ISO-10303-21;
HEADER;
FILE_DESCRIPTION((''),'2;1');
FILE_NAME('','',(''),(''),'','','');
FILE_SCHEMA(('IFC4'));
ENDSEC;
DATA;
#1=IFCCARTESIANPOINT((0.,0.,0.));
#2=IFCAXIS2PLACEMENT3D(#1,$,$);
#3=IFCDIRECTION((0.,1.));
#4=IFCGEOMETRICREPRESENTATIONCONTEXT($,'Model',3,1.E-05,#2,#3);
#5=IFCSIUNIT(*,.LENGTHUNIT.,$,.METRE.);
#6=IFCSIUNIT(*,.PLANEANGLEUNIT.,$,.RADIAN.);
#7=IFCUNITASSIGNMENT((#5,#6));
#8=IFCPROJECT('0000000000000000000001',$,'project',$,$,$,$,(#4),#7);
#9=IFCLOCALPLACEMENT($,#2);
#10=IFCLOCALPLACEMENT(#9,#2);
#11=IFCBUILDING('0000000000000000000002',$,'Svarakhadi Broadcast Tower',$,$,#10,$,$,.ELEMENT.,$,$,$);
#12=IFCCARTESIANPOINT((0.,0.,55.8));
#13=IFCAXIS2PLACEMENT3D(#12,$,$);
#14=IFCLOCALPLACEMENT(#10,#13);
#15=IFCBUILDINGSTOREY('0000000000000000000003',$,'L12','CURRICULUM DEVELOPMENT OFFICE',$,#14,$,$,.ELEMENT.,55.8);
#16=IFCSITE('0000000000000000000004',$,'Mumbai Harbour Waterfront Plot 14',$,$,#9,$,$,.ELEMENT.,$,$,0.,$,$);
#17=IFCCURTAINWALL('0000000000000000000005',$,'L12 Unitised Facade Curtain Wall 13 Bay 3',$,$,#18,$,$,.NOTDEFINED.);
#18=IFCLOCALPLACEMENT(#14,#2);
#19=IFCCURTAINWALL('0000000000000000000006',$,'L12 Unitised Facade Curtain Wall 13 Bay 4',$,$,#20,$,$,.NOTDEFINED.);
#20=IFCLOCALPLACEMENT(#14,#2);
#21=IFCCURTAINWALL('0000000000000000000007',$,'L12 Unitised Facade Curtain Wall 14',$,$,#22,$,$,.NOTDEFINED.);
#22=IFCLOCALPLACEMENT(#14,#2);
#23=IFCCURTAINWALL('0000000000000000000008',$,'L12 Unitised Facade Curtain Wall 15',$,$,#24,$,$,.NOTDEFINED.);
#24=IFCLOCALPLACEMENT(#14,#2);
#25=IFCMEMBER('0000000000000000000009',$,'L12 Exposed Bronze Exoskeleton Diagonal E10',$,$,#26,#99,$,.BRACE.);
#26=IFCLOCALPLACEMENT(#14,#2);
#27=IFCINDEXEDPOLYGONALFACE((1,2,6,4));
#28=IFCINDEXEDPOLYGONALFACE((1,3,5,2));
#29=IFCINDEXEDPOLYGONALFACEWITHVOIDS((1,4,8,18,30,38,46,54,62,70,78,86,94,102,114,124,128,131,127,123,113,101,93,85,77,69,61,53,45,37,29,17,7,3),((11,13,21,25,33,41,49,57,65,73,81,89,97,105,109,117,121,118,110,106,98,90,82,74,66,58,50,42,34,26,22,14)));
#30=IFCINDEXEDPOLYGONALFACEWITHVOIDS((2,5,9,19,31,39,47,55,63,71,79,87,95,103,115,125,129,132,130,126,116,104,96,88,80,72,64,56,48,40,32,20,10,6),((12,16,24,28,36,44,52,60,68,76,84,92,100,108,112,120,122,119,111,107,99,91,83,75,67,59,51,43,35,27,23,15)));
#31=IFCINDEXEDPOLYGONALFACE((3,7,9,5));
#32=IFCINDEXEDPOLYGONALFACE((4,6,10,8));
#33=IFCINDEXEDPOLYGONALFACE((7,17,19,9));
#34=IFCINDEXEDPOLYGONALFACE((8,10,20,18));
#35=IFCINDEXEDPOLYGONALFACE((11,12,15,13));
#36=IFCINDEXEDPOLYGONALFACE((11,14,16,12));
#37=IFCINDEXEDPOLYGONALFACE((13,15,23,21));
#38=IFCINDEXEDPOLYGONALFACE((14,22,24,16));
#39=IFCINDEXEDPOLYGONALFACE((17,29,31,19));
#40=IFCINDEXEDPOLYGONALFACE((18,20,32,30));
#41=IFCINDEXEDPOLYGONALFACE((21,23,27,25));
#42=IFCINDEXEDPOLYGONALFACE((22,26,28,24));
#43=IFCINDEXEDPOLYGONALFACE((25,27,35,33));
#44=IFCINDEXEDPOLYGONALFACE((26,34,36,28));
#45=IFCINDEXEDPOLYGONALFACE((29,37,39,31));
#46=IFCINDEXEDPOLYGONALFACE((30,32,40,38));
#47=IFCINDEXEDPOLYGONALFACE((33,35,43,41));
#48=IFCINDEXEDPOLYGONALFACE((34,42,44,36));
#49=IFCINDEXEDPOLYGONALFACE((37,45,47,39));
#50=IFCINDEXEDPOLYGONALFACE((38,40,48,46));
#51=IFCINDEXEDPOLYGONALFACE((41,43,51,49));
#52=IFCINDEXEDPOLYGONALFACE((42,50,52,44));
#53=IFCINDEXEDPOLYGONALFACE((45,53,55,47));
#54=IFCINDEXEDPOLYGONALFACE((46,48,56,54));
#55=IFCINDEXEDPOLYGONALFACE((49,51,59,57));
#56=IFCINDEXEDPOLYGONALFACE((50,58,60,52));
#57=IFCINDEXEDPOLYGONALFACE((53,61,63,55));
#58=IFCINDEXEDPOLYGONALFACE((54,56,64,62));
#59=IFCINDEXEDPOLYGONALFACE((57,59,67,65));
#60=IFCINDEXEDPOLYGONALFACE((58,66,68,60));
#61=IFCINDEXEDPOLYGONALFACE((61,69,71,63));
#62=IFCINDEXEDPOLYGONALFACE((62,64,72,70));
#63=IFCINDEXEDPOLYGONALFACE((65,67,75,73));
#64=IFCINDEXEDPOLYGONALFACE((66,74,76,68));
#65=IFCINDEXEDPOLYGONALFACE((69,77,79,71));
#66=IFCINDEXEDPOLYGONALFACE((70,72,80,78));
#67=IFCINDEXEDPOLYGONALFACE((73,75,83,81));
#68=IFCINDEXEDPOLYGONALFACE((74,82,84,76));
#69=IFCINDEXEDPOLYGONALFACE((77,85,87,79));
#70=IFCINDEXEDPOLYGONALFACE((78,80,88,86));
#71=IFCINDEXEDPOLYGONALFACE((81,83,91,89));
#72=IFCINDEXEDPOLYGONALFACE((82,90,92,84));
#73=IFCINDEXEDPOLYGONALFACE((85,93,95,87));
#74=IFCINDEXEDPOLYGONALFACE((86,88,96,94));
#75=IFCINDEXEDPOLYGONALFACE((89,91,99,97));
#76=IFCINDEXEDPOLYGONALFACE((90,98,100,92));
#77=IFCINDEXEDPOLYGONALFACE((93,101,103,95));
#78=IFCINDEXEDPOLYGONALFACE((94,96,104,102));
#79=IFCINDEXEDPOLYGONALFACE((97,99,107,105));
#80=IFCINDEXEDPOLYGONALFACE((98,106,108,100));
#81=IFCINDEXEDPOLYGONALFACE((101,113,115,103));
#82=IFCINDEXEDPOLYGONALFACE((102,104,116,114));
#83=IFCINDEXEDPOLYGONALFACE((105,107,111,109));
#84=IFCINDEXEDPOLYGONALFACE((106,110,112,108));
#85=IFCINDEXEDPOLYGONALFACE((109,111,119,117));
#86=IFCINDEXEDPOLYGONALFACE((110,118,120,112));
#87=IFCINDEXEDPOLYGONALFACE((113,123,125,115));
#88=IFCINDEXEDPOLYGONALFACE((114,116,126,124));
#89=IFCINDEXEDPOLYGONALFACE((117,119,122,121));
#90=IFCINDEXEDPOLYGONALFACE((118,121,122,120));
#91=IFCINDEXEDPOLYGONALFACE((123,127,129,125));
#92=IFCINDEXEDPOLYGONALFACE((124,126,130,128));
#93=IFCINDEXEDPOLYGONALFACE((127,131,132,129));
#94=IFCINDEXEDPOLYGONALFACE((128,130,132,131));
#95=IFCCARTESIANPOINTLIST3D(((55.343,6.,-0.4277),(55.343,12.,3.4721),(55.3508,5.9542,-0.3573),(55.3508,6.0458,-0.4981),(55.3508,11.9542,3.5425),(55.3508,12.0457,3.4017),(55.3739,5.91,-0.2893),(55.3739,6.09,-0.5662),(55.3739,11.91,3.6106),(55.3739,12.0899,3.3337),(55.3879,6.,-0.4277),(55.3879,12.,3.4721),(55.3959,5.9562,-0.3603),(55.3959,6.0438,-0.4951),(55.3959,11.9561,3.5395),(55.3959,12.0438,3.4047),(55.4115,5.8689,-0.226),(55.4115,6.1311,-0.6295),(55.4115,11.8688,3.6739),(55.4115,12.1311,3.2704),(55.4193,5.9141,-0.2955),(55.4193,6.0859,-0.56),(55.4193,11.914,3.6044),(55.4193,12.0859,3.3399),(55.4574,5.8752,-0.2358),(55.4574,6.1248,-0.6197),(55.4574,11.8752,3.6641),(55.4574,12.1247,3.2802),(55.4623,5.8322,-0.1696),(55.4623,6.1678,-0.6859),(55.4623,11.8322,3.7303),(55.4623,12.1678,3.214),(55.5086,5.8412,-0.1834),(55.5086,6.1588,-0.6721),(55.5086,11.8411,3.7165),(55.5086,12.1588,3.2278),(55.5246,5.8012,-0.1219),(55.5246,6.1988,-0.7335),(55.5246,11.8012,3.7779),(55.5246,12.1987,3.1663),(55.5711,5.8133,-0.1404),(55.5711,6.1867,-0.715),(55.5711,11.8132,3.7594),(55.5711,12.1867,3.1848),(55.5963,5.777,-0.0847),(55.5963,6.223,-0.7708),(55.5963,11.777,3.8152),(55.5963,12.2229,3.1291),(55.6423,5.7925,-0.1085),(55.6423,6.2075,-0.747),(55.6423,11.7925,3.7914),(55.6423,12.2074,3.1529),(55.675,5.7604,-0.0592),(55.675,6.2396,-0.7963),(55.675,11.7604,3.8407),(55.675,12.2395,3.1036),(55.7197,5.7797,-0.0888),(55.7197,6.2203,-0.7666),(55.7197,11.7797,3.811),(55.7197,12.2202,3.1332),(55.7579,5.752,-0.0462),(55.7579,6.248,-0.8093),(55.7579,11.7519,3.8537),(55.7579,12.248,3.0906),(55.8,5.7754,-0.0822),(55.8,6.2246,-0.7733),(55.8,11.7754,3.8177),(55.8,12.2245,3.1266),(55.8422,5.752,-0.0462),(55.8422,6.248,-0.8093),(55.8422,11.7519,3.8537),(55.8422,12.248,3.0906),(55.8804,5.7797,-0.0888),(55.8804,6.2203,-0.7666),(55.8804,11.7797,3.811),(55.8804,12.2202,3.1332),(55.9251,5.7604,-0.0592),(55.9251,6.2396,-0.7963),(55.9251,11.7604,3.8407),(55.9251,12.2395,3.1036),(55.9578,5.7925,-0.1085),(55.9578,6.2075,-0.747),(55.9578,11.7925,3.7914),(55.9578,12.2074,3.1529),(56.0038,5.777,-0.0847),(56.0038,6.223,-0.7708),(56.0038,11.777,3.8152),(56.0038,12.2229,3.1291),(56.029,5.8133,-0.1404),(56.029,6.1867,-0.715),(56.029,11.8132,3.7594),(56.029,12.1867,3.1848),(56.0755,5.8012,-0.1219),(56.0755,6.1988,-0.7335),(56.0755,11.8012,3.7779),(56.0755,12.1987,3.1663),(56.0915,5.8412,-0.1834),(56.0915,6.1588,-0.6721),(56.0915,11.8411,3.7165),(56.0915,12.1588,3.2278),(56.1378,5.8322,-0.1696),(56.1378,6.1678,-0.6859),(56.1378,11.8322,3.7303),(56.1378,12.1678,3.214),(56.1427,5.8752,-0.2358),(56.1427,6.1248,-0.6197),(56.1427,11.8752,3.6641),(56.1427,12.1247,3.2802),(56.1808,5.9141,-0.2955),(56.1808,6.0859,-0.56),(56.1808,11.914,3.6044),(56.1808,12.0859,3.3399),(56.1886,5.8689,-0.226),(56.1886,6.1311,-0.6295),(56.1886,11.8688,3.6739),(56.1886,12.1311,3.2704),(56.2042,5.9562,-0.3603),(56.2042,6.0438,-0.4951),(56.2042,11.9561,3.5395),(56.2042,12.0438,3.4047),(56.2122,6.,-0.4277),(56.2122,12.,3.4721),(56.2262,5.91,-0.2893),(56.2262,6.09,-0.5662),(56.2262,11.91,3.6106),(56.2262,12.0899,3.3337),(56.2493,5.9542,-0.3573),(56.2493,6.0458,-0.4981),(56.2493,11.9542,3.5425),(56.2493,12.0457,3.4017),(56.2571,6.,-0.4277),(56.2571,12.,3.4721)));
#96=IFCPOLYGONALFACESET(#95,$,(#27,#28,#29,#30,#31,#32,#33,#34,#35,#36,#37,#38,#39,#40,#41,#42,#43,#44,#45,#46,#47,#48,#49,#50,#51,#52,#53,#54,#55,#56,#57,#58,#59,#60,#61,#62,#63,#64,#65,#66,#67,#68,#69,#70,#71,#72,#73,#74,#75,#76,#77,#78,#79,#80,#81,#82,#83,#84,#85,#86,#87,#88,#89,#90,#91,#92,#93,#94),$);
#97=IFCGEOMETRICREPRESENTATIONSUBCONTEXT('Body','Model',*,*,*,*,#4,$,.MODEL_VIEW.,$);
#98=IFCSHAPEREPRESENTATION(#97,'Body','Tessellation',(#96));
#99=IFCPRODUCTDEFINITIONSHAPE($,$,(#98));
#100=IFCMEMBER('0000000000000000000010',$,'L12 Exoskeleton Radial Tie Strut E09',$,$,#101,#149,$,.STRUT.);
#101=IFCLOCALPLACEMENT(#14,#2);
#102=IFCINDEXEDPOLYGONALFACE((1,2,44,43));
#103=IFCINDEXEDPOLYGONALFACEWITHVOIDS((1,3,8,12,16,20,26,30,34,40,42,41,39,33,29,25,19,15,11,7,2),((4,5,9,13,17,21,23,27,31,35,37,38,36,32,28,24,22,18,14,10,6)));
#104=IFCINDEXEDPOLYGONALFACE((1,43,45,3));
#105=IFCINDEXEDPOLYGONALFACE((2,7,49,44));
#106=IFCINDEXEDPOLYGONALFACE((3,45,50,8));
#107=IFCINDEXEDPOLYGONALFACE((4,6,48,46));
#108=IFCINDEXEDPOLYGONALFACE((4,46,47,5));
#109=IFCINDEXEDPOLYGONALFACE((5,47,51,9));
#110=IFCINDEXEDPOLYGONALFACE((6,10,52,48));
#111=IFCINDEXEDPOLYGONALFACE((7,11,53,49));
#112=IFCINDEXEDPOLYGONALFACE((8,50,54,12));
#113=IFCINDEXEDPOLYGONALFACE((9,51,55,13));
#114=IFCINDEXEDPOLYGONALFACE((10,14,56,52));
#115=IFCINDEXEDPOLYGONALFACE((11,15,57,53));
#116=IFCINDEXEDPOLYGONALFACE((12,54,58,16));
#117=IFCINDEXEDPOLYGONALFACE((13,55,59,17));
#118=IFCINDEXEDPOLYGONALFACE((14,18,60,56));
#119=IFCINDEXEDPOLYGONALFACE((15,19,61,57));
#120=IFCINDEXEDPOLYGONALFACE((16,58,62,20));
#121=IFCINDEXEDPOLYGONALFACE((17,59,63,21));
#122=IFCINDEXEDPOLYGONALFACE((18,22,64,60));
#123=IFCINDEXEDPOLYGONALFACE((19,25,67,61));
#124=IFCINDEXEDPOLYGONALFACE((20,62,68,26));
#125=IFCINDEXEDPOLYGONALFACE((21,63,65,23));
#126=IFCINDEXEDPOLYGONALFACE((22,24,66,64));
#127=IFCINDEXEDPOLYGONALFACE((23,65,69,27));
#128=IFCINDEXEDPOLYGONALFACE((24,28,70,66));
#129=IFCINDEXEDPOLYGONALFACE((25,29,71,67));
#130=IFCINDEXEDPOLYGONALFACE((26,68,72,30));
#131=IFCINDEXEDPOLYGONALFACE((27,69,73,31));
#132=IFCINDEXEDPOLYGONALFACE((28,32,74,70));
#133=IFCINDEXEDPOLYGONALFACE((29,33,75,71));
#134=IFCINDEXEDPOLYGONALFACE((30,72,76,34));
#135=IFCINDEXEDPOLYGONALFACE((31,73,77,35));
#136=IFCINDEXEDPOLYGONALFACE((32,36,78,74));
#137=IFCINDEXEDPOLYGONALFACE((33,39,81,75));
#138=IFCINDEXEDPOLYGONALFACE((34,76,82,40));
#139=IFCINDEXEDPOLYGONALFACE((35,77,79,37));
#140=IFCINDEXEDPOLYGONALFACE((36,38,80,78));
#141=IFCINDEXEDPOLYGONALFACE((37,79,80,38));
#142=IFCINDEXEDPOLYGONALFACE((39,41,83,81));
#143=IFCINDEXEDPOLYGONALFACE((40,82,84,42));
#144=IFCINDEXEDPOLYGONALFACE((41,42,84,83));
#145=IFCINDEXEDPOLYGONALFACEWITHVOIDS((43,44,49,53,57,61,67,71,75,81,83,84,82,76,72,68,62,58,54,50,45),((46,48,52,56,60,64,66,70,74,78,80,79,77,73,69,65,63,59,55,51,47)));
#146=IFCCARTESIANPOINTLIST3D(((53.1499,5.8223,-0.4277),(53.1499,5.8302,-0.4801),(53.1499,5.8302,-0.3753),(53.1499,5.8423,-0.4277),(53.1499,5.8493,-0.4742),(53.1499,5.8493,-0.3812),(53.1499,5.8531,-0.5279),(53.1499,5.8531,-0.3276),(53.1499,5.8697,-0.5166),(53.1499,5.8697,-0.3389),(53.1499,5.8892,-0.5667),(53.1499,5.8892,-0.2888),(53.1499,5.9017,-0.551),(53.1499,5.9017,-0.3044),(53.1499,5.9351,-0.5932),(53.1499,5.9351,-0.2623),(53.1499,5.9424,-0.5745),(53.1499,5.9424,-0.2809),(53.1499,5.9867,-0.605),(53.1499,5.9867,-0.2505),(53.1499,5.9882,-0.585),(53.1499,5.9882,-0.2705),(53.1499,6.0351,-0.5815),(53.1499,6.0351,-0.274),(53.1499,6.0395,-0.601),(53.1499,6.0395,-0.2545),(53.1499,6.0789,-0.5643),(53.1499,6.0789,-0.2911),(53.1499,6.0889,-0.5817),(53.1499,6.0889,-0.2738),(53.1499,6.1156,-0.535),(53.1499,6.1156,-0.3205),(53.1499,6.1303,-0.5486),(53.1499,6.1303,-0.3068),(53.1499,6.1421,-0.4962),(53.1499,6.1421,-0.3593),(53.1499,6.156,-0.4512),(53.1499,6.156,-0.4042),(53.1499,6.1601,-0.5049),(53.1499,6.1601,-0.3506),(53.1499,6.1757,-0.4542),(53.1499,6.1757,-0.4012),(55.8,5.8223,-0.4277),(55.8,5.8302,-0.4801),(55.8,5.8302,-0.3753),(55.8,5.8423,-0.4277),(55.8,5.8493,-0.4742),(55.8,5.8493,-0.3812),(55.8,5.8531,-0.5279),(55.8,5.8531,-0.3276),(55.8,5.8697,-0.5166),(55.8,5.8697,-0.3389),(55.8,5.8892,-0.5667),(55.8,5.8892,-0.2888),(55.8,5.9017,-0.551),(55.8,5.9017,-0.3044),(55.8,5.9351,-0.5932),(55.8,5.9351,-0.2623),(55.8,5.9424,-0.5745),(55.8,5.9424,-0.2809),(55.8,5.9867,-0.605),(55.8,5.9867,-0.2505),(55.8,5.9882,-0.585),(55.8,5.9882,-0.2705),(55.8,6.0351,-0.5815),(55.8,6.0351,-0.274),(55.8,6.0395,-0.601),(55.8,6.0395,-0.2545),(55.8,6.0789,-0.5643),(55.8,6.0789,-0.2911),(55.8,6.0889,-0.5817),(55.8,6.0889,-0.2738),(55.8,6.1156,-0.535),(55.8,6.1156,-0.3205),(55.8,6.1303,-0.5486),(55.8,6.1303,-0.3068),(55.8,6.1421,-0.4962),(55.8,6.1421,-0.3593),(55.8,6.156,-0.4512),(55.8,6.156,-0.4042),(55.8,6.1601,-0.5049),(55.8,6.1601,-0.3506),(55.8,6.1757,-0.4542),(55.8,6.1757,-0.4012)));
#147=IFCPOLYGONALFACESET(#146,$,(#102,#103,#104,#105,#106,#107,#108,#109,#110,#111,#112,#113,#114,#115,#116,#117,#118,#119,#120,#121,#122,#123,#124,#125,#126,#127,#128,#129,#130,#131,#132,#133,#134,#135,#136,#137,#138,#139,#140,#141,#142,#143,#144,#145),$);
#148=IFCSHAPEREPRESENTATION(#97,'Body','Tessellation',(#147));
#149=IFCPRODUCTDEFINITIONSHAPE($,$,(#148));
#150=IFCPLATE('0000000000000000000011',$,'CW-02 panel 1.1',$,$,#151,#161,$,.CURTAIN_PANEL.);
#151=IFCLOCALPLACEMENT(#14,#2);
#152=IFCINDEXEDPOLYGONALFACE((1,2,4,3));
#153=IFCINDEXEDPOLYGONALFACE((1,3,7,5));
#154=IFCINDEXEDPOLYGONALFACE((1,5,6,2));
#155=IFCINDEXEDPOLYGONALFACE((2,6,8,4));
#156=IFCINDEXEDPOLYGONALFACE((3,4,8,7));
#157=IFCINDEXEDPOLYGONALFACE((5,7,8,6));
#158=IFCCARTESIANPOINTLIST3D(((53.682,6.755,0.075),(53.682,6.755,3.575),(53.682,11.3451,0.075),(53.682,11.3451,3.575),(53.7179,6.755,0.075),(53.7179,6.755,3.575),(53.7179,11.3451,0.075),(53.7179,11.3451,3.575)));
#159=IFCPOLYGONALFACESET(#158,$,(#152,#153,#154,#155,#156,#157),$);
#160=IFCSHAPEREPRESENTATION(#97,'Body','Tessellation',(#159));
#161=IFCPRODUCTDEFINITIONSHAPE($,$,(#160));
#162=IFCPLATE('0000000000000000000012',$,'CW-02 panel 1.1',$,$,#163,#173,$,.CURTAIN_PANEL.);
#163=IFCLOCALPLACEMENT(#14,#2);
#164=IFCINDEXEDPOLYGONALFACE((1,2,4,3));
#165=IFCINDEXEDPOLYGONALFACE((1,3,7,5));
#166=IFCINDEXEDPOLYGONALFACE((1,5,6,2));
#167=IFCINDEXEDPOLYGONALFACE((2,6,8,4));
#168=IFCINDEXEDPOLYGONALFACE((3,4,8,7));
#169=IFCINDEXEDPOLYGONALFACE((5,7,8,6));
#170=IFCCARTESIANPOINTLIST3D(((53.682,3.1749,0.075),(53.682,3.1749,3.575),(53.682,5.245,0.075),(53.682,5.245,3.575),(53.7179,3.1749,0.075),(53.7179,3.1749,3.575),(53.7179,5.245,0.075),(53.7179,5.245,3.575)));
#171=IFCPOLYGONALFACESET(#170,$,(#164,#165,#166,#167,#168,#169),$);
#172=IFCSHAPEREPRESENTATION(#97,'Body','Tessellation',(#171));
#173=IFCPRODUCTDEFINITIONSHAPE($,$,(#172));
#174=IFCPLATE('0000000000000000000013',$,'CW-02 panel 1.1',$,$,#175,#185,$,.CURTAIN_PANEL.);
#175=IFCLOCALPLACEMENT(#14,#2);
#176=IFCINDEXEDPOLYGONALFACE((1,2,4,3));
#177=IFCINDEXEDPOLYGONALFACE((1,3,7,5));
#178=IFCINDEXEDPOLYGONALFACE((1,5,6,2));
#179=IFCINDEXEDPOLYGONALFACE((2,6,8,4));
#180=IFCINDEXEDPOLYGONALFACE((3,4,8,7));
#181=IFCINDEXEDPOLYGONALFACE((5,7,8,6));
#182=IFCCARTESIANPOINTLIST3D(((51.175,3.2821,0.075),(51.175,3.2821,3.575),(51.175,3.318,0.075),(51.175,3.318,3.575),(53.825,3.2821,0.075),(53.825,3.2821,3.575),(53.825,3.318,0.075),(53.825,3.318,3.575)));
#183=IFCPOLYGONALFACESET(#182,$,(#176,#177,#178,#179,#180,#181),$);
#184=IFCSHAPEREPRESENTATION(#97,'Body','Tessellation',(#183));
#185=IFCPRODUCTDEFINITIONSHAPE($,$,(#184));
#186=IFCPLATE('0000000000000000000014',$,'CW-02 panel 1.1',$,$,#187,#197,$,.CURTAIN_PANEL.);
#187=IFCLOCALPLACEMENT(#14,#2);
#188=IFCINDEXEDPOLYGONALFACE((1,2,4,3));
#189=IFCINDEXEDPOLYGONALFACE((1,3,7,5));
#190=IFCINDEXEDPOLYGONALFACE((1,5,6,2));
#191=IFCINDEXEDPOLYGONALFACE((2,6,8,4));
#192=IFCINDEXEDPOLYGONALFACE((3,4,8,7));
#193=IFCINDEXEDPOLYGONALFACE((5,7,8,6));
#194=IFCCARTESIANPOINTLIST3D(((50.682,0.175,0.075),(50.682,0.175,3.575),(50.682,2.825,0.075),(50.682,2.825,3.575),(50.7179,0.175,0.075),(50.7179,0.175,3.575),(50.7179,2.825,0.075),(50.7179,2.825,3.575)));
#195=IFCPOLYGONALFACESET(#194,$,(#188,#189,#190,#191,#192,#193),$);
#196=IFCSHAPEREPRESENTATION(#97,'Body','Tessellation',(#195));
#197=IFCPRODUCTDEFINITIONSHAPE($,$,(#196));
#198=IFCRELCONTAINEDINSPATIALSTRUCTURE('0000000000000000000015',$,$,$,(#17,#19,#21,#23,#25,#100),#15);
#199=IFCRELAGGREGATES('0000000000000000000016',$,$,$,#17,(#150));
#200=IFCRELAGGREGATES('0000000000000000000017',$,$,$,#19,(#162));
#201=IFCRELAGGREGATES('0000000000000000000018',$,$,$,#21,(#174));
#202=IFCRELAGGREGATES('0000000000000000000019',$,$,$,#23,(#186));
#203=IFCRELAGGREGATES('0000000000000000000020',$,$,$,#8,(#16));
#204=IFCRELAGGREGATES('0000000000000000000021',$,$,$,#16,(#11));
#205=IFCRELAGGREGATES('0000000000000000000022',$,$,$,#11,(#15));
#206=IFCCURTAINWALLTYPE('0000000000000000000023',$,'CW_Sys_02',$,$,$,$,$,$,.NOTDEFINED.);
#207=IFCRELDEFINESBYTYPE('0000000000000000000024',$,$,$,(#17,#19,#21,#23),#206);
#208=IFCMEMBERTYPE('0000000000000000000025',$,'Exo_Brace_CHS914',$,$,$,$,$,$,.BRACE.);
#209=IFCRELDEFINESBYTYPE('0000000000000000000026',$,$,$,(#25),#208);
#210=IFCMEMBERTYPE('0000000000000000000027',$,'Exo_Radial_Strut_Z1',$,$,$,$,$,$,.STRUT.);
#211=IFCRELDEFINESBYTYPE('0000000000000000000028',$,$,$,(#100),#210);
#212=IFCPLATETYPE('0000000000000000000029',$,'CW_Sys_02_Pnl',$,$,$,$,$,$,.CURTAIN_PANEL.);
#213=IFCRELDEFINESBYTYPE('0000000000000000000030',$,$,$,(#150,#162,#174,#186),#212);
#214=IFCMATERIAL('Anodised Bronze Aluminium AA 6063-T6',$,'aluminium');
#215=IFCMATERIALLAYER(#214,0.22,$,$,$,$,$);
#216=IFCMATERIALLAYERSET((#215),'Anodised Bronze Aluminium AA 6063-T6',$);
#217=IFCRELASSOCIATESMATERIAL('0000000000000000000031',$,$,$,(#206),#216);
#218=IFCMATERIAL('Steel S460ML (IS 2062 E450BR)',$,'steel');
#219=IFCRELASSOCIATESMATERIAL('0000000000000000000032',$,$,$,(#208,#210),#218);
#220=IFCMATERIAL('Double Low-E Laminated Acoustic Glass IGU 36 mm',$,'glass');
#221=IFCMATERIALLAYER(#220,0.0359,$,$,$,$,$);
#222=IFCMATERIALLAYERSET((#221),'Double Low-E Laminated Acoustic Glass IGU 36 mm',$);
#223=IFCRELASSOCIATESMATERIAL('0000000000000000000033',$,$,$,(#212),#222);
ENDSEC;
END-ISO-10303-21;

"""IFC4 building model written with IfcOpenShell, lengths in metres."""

from ifc_helpers import new_model, si_unit, direction, frame, origin, origin_2d, place, context, subcontext, project, spatial, rectangle, hollow_circle, extrude, material, layer, layer_set, material_profile, profile_set, type_object, element, aggregate, save


model = new_model("IFC4")

# Units and contexts
model_context = context("Model", 3, precision=1e-05, world=origin(), true_north=direction((0.0, 1.0)))
body_context = subcontext(model_context, "Body", "Model", "MODEL_VIEW")
ifc_project = project(units=[si_unit("LENGTHUNIT", "METRE"), si_unit("PLANEANGLEUNIT", "RADIAN")], contexts=[model_context])

# Site, building, storey
site_placement = place(None, origin())
site = spatial("IfcSite", under=ifc_project, at=site_placement, Name="Mumbai Harbour Waterfront Plot 14", CompositionType="ELEMENT", RefElevation=0.0)
building_placement = place(site_placement, origin())
building = spatial("IfcBuilding", under=site, at=building_placement, Name="Svarakhadi Broadcast Tower", CompositionType="ELEMENT")
storey_placement = place(building_placement, frame((0.0, 0.0, 55.8)))
storey = spatial("IfcBuildingStorey", under=building, at=storey_placement, Name="L12", Description="CURRICULUM DEVELOPMENT OFFICE", CompositionType="ELEMENT", Elevation=55.8)

# Curtain walls
ifc_material_1 = material(Name="Anodised Bronze Aluminium AA 6063-T6", Category="aluminium")
ifc_layer_1 = layer(ifc_material_1, 0.22)
ifc_layer_set_1 = layer_set([ifc_layer_1], Name="Anodised Bronze Aluminium AA 6063-T6")
curtain_wall_type = type_object("IfcCurtainWallType", Name="CW_Sys_02", PredefinedType="NOTDEFINED", material=ifc_layer_set_1)
curtain_wall_1_placement = place(storey_placement, origin())
curtain_wall_1 = element("IfcCurtainWall", 1, at=curtain_wall_1_placement, inside=storey, type_object=curtain_wall_type, Name="L12 Unitised Facade Curtain Wall 13 Bay 3", PredefinedType="NOTDEFINED")
curtain_wall_2_placement = place(storey_placement, origin())
curtain_wall_2 = element("IfcCurtainWall", 2, at=curtain_wall_2_placement, inside=storey, type_object=curtain_wall_type, Name="L12 Unitised Facade Curtain Wall 13 Bay 4", PredefinedType="NOTDEFINED")
curtain_wall_3_placement = place(storey_placement, origin())
curtain_wall_3 = element("IfcCurtainWall", 3, at=curtain_wall_3_placement, inside=storey, type_object=curtain_wall_type, Name="L12 Unitised Facade Curtain Wall 14", PredefinedType="NOTDEFINED")
curtain_wall_4_placement = place(storey_placement, origin())
curtain_wall_4 = element("IfcCurtainWall", 4, at=curtain_wall_4_placement, inside=storey, type_object=curtain_wall_type, Name="L12 Unitised Facade Curtain Wall 15", PredefinedType="NOTDEFINED")

# Members
ifc_material_2 = material(Name="Steel S460ML (IS 2062 E450BR)", Category="steel")
ifc_material_profile_1 = material_profile(ifc_material_2, hollow_circle(Radius=0.457, WallThickness=0.0449, at=origin_2d()), Name="CHS 914x45")
ifc_profile_set_1 = profile_set([ifc_material_profile_1], Name="Steel S460ML (IS 2062 E450BR)")
member_type_1 = type_object("IfcMemberType", Name="Exo_Brace_CHS914", PredefinedType="BRACE", material=ifc_profile_set_1)
member_1_placement = place(storey_placement, frame((55.8, 6.0, -0.4277), z_axis=(0.0, 0.83845, 0.544979), x_axis=(-1.0, 0.0, 0.0)))
element("IfcMember", 5, at=member_1_placement, inside=storey, type_object=member_type_1, Name="L12 Exposed Bronze Exoskeleton Diagonal E10", PredefinedType="BRACE", context=body_context, shape_type="SweptSolid", body=[
    extrude(hollow_circle(Radius=0.457, WallThickness=0.0449, at=origin_2d()), origin(), (0.0, 0.0, 1.0), 7.156),
])
ifc_material_profile_2 = material_profile(ifc_material_2, hollow_circle(Radius=0.1777, WallThickness=0.02, at=origin_2d()), Name="CHS 355.6x20")
ifc_profile_set_2 = profile_set([ifc_material_profile_2], Name="Steel S460ML (IS 2062 E450BR)")
member_type_2 = type_object("IfcMemberType", Name="Exo_Radial_Strut_Z1", PredefinedType="STRUT", material=ifc_profile_set_2)
member_2_placement = place(storey_placement, frame((55.8, 6.0, -0.4277), z_axis=(-1.0, 0.0, 0.0), x_axis=(0.0, -1.0, 0.0)))
element("IfcMember", 6, at=member_2_placement, inside=storey, type_object=member_type_2, Name="L12 Exoskeleton Radial Tie Strut E09", PredefinedType="STRUT", context=body_context, shape_type="SweptSolid", body=[
    extrude(hollow_circle(Radius=0.1777, WallThickness=0.02, at=origin_2d()), origin(), (0.0, 0.0, 1.0), 2.6501),
])

# Plates
ifc_material_3 = material(Name="Double Low-E Laminated Acoustic Glass IGU 36 mm", Category="glass")
ifc_layer_2 = layer(ifc_material_3, 0.0359)
ifc_layer_set_2 = layer_set([ifc_layer_2], Name="Double Low-E Laminated Acoustic Glass IGU 36 mm")
plate_type_1 = type_object("IfcPlateType", Name="CW_Sys_02_Pnl", PredefinedType="CURTAIN_PANEL", material=ifc_layer_set_2)
plate_1_placement = place(storey_placement, frame((53.7, 9.05, 0.075), z_axis=(0.0, 0.0, 1.0), x_axis=(0.0, -1.0, 0.0)))
plate_1 = element("IfcPlate", 7, at=plate_1_placement, type_object=plate_type_1, Name="CW-02 panel 1.1", PredefinedType="CURTAIN_PANEL", context=body_context, shape_type="SweptSolid", body=[
    extrude(rectangle(XDim=4.5901, YDim=0.0359, at=origin_2d()), origin(), (0.0, 0.0, 1.0), 3.5),
])
aggregate(curtain_wall_1, [plate_1])
plate_2_placement = place(storey_placement, frame((53.7, 4.21, 0.075), z_axis=(0.0, 0.0, 1.0), x_axis=(0.0, -1.0, 0.0)))
plate_2 = element("IfcPlate", 8, at=plate_2_placement, type_object=plate_type_1, Name="CW-02 panel 1.1", PredefinedType="CURTAIN_PANEL", context=body_context, shape_type="SweptSolid", body=[
    extrude(rectangle(XDim=2.0701, YDim=0.0359, at=origin_2d()), origin(), (0.0, 0.0, 1.0), 3.5),
])
aggregate(curtain_wall_2, [plate_2])
plate_3_placement = place(storey_placement, frame((52.5, 3.3, 0.075), z_axis=(0.0, 0.0, 1.0), x_axis=(-1.0, 0.0, 0.0)))
plate_3 = element("IfcPlate", 9, at=plate_3_placement, type_object=plate_type_1, Name="CW-02 panel 1.1", PredefinedType="CURTAIN_PANEL", context=body_context, shape_type="SweptSolid", body=[
    extrude(rectangle(XDim=2.6499, YDim=0.0359, at=origin_2d()), origin(), (0.0, 0.0, 1.0), 3.5),
])
aggregate(curtain_wall_3, [plate_3])
plate_4_placement = place(storey_placement, frame((50.7, 1.5, 0.075), z_axis=(0.0, 0.0, 1.0), x_axis=(0.0, -1.0, 0.0)))
plate_4 = element("IfcPlate", 10, at=plate_4_placement, type_object=plate_type_1, Name="CW-02 panel 1.1", PredefinedType="CURTAIN_PANEL", context=body_context, shape_type="SweptSolid", body=[
    extrude(rectangle(XDim=2.6499, YDim=0.0359, at=origin_2d()), origin(), (0.0, 0.0, 1.0), 3.5),
])
aggregate(curtain_wall_4, [plate_4])

save(model, "model.ifc")
